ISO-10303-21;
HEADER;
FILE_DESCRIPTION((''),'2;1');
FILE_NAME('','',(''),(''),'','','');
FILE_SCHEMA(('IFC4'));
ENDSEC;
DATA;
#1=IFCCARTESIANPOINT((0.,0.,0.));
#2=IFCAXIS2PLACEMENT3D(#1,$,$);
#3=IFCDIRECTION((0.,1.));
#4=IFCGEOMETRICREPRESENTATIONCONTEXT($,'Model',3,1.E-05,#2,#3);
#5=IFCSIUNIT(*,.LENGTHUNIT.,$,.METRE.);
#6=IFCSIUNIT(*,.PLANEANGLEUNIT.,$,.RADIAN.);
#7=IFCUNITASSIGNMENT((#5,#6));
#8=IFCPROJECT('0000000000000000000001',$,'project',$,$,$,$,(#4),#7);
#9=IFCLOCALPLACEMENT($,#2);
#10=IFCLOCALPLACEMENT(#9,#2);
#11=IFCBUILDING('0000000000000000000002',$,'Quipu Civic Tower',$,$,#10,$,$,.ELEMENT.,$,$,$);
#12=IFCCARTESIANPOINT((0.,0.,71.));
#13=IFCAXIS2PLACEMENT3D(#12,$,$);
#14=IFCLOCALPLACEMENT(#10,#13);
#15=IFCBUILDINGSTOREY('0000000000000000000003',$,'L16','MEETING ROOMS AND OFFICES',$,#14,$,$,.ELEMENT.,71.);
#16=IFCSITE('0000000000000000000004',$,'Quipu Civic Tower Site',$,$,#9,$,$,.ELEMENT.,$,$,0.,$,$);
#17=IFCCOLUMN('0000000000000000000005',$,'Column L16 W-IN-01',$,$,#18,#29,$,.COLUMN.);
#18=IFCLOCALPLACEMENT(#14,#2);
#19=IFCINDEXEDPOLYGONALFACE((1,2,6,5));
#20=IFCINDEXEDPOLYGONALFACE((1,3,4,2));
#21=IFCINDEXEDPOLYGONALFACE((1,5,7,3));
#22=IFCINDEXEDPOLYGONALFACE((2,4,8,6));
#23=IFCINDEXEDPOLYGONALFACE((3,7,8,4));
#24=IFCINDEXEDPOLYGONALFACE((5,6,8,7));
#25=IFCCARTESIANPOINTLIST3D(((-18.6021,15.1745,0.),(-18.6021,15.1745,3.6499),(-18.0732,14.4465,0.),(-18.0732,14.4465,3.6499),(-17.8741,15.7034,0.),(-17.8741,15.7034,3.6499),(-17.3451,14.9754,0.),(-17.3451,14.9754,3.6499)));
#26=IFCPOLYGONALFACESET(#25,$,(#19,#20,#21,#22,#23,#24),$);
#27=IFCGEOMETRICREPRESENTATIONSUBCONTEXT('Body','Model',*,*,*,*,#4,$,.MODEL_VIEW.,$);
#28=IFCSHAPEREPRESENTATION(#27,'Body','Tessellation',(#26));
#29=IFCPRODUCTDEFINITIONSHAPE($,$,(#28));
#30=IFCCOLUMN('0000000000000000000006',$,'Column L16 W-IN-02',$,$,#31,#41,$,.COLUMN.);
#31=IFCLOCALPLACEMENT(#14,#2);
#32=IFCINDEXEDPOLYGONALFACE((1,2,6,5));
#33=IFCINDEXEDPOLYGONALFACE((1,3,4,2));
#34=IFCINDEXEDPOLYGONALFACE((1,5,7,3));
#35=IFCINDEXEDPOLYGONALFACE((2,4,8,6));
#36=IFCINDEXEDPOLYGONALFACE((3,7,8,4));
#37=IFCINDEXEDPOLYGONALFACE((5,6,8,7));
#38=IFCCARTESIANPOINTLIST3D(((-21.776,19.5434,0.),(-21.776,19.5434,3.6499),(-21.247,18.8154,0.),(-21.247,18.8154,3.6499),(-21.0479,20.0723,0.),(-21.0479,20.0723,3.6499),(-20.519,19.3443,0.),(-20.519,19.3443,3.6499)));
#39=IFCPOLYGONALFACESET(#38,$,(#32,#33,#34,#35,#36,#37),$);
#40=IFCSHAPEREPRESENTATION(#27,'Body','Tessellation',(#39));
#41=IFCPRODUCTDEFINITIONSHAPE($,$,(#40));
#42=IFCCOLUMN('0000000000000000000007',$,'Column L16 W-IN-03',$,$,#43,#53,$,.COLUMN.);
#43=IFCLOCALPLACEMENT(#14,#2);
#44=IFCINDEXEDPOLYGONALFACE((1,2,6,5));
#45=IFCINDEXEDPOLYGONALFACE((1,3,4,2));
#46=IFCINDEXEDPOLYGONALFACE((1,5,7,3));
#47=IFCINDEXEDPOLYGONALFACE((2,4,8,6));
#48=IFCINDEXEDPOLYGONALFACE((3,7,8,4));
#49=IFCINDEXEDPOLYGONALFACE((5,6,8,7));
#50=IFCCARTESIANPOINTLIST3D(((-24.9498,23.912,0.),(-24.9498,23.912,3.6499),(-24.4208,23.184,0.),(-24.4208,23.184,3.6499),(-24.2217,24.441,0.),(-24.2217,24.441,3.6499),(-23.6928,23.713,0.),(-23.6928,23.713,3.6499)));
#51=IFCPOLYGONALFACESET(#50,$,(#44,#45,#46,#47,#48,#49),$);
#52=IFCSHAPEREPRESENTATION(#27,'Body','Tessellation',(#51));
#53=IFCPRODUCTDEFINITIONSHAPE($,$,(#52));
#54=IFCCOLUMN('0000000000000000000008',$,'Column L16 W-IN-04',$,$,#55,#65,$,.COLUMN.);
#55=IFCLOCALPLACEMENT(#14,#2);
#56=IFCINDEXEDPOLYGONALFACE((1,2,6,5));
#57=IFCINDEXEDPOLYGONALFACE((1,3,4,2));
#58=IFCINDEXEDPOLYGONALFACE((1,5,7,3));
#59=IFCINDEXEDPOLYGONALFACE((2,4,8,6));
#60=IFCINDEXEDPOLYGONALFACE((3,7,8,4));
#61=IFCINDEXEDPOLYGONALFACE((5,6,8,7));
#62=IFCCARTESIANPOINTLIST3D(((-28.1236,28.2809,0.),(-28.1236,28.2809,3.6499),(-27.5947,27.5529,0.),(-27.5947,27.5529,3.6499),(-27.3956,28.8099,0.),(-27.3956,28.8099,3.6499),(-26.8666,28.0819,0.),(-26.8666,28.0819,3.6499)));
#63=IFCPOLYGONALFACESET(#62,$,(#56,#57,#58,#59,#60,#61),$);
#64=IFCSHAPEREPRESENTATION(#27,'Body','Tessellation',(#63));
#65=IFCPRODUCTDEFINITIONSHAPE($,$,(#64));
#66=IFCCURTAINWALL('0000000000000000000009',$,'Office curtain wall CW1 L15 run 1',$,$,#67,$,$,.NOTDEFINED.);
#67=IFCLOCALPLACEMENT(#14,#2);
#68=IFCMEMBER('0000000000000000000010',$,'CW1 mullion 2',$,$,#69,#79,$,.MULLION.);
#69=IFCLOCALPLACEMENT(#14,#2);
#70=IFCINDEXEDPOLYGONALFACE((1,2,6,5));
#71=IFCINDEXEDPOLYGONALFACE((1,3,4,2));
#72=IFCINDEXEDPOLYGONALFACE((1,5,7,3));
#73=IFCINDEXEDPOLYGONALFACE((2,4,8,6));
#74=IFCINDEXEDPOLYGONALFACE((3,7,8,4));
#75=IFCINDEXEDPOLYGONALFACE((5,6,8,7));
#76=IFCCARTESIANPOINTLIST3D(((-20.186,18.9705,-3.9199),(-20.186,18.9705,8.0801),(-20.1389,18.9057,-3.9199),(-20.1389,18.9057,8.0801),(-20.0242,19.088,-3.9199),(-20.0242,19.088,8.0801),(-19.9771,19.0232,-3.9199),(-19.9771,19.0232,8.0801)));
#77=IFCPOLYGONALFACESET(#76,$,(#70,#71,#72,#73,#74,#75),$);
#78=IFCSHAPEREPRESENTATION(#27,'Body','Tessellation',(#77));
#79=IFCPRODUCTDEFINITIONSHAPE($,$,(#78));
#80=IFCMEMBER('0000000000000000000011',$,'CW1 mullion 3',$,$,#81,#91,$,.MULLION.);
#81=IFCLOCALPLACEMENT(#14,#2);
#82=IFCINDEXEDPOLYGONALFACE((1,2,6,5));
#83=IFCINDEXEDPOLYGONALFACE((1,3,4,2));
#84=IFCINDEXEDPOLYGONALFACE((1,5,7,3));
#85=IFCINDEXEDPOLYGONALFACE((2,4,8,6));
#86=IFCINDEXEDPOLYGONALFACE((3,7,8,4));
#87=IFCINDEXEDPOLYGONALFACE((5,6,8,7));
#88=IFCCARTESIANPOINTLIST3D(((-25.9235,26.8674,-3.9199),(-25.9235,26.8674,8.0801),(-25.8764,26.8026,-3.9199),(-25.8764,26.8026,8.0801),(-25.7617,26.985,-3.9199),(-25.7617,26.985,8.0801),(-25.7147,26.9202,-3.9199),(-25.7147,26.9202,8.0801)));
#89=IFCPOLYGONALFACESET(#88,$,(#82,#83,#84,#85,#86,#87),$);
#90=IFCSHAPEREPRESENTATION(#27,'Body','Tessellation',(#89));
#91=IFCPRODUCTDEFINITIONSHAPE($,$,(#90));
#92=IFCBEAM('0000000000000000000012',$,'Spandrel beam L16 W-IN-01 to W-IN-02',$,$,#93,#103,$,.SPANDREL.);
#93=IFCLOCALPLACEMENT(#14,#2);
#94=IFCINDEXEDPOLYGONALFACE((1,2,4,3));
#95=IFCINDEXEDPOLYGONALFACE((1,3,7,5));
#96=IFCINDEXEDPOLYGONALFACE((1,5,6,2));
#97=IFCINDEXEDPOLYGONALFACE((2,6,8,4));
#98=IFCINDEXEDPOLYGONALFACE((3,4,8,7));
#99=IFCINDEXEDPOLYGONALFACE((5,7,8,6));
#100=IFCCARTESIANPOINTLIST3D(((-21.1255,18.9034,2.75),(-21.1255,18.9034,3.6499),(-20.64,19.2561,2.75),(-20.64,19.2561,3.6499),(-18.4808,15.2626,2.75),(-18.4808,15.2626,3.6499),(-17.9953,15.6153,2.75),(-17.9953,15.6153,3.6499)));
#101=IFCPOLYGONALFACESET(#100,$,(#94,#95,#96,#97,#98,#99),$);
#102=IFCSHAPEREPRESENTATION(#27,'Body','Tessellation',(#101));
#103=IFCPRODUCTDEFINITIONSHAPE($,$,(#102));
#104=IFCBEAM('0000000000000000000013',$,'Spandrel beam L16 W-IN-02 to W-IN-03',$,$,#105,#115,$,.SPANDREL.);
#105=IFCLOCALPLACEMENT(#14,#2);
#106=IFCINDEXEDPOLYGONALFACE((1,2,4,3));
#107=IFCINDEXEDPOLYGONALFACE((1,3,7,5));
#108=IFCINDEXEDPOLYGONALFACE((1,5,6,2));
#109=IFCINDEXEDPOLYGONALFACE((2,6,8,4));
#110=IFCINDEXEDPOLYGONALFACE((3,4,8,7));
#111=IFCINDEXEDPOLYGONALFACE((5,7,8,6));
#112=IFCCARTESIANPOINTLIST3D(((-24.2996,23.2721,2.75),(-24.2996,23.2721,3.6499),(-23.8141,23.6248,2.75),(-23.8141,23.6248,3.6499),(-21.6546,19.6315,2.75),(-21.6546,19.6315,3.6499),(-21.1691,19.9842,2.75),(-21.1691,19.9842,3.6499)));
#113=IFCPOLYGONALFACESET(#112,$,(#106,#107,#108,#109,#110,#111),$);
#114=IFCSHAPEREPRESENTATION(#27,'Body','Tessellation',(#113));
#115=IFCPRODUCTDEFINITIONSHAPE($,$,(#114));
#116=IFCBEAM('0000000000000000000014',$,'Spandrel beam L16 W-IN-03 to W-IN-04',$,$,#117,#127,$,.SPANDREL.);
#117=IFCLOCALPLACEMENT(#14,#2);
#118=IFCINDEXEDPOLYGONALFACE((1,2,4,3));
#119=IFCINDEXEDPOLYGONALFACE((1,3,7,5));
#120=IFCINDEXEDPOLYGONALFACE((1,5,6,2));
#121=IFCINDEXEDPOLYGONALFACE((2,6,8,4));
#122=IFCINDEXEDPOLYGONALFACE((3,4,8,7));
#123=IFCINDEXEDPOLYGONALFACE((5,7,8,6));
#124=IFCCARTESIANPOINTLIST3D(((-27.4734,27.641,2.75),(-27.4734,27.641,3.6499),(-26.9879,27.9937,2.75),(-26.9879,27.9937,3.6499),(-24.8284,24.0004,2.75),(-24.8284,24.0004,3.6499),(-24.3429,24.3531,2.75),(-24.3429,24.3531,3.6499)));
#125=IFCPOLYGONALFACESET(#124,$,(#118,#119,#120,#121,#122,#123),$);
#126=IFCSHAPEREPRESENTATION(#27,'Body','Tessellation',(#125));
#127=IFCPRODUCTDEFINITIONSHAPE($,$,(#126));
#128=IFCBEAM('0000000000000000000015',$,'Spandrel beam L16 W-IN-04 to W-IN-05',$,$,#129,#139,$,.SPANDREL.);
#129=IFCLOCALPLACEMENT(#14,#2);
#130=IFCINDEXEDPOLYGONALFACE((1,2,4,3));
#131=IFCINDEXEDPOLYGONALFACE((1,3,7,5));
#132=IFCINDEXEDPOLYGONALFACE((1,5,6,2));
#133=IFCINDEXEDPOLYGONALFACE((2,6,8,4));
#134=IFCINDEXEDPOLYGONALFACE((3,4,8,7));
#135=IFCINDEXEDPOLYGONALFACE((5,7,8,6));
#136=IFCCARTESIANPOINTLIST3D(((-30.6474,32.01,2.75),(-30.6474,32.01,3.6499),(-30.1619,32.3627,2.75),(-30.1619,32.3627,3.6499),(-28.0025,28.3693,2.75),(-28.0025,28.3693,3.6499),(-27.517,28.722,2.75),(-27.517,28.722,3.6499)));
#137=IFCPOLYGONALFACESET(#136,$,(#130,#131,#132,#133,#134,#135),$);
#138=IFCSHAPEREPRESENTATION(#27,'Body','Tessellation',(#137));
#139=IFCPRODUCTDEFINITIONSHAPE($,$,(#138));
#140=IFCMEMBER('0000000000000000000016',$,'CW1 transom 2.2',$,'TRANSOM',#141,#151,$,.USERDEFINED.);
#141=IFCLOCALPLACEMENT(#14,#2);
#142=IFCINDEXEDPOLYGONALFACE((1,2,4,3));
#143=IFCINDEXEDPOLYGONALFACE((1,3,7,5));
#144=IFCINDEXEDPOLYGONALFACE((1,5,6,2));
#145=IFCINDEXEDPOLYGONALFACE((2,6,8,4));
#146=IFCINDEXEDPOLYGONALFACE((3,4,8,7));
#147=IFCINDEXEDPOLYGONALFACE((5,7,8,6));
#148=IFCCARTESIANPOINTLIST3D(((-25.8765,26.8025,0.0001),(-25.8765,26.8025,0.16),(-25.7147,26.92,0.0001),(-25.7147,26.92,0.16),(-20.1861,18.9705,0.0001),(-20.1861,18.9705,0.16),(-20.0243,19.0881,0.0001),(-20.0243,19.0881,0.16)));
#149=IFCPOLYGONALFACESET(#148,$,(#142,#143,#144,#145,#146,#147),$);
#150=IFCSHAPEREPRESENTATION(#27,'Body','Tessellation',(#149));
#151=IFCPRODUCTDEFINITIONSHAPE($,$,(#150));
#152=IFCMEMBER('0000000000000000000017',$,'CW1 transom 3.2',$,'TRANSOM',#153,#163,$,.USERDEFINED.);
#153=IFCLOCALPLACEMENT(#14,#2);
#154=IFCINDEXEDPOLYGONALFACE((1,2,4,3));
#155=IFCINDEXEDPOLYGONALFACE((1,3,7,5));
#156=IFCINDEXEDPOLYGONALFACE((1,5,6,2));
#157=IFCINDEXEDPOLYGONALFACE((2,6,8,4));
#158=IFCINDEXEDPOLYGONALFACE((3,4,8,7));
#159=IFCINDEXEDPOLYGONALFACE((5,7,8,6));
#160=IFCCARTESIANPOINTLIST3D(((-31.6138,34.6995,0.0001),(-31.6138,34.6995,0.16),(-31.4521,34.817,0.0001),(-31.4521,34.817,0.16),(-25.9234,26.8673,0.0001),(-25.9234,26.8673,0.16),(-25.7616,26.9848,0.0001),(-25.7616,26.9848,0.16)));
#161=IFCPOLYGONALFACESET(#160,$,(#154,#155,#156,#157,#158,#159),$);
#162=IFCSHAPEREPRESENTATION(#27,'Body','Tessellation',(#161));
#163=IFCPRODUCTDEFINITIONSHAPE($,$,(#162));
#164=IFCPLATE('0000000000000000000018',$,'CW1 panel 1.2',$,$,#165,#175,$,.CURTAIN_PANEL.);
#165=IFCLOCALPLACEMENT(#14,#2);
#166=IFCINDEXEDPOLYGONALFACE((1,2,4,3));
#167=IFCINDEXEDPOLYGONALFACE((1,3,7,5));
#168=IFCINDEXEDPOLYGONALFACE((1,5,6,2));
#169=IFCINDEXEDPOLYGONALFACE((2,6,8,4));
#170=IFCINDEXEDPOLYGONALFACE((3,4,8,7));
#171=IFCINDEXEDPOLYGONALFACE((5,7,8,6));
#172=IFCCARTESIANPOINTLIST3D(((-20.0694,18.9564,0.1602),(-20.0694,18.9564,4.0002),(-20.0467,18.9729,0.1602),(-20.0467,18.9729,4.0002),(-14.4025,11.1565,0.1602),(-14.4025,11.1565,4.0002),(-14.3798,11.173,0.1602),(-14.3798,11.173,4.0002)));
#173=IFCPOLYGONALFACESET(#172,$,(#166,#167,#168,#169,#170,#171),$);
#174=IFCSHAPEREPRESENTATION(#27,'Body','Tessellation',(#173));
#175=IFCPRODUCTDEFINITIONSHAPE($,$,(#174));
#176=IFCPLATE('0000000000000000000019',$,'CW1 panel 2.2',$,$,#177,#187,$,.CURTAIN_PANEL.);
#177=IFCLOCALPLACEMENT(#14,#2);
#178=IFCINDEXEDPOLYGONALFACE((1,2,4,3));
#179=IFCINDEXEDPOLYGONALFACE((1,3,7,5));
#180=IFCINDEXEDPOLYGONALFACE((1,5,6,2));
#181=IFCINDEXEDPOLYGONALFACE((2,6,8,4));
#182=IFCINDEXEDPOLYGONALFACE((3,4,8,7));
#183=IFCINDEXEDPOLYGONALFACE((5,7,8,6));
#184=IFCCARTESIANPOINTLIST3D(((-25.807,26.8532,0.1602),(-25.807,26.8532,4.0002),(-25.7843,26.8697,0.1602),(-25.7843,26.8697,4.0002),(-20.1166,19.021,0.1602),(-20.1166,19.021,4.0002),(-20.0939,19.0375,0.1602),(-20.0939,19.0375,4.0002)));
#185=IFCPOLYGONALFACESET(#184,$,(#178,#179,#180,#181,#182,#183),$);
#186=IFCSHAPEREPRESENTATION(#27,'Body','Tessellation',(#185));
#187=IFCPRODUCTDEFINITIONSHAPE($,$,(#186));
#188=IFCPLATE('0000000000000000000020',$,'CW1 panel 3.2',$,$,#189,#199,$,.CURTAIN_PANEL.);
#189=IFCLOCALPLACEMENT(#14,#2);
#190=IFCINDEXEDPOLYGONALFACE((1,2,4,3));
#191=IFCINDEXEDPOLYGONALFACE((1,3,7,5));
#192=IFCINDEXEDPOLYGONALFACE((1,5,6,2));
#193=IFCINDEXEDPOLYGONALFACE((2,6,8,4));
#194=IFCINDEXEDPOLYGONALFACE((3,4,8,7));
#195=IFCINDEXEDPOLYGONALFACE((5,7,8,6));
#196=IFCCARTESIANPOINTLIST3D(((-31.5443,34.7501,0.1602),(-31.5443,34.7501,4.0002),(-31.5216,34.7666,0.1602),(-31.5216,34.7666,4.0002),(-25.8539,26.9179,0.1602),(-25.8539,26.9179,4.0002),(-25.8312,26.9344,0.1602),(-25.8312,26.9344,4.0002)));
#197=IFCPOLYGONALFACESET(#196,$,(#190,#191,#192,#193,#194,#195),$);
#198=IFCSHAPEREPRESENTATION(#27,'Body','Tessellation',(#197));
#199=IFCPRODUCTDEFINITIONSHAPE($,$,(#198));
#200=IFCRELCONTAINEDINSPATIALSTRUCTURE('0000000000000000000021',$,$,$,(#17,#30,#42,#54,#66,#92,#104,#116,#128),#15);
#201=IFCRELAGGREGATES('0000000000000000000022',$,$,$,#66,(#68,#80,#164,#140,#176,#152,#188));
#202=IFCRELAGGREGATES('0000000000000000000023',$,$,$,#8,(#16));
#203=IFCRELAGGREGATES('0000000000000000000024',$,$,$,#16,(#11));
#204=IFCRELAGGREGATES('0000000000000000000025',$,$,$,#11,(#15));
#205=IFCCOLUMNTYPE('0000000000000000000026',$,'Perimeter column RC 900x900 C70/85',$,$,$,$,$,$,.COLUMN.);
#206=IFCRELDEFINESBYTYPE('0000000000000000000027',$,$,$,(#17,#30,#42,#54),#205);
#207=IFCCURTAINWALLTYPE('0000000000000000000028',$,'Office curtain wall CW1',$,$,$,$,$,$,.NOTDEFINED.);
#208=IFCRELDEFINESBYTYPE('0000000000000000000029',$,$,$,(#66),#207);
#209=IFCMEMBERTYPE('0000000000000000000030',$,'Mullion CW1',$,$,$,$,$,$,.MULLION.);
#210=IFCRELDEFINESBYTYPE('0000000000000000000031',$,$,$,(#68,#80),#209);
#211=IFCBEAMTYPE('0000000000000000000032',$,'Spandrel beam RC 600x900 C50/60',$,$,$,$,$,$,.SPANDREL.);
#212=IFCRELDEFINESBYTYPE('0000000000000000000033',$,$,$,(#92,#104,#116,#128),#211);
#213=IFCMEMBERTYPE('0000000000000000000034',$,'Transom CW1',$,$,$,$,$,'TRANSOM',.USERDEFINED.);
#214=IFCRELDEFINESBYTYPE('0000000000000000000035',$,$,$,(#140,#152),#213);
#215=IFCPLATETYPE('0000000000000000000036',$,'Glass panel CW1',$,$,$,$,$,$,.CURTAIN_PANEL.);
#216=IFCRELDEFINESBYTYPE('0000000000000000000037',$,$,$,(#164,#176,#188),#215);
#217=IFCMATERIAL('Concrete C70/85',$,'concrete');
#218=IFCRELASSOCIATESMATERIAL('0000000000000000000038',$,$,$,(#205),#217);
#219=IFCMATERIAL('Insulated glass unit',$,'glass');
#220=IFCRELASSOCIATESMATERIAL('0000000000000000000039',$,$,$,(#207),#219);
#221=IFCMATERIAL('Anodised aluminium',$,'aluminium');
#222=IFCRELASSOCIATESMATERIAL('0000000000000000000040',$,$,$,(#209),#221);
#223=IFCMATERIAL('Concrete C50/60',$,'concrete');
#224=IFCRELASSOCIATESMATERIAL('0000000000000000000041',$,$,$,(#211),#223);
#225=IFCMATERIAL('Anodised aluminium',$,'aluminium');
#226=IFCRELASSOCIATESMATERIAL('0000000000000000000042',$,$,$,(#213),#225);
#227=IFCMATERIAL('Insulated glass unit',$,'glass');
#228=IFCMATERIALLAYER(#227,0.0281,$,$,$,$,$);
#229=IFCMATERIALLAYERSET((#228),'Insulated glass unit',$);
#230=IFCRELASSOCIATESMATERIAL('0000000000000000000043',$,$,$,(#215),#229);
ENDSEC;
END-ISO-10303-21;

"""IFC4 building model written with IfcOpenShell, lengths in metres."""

from ifc_helpers import new_model, si_unit, direction, frame, origin, origin_2d, place, context, subcontext, project, spatial, rectangle, extrude, material, layer, layer_set, material_profile, profile_set, type_object, element, aggregate, save


model = new_model("IFC4")

# Units and contexts
model_context = context("Model", 3, precision=1e-05, world=origin(), true_north=direction((0.0, 1.0)))
body_context = subcontext(model_context, "Body", "Model", "MODEL_VIEW")
ifc_project = project(units=[si_unit("LENGTHUNIT", "METRE"), si_unit("PLANEANGLEUNIT", "RADIAN")], contexts=[model_context])

# Site, building, storey
site_placement = place(None, origin())
site = spatial("IfcSite", under=ifc_project, at=site_placement, Name="Quipu Civic Tower Site", CompositionType="ELEMENT", RefElevation=0.0)
building_placement = place(site_placement, origin())
building = spatial("IfcBuilding", under=site, at=building_placement, Name="Quipu Civic Tower", CompositionType="ELEMENT")
storey_placement = place(building_placement, frame((0.0, 0.0, 71.0)))
storey = spatial("IfcBuildingStorey", under=building, at=storey_placement, Name="L16", Description="MEETING ROOMS AND OFFICES", CompositionType="ELEMENT", Elevation=71.0)

# Columns
ifc_material_1 = material(Name="Concrete C70/85", Category="concrete")
ifc_material_profile_1 = material_profile(ifc_material_1, rectangle(XDim=0.8999, YDim=0.8999, at=origin_2d()), Name="RC900x900")
ifc_profile_set_1 = profile_set([ifc_material_profile_1], Name="Concrete C70/85")
column_type = type_object("IfcColumnType", Name="Perimeter column RC 900x900 C70/85", PredefinedType="COLUMN", material=ifc_profile_set_1)
for number, where, z_axis, x_axis, name in (
    (1, (-17.9736, 15.075, 0.0), (0.0, 0.0, 1.0), (-0.587785, 0.809017, 0.0), "Column L16 W-IN-01"),
    (2, (-21.1475, 19.4438, 0.0), (0.0, 0.0, 1.0), (-0.587785, 0.809017, 0.0), "Column L16 W-IN-02"),
    (3, (-24.3213, 23.8125, 0.0), (0.0, 0.0, 1.0), (-0.587785, 0.809017, 0.0), "Column L16 W-IN-03"),
    (4, (-27.4951, 28.1814, 0.0), (0.0, 0.0, 1.0), (-0.587785, 0.809017, 0.0), "Column L16 W-IN-04"),
):
    element("IfcColumn", number, at=place(storey_placement, frame(where, z_axis=z_axis, x_axis=x_axis)), inside=storey, type_object=column_type, Name=name, PredefinedType="COLUMN", context=body_context, shape_type="SweptSolid", body=[
        extrude(rectangle(XDim=0.8999, YDim=0.8999, at=origin_2d()), origin(), (0.0, 0.0, 1.0), 3.6499),
    ])

# Curtain wall, members
ifc_material_2 = material(Name="Insulated glass unit", Category="glass")
curtain_wall_type = type_object("IfcCurtainWallType", Name="Office curtain wall CW1", PredefinedType="NOTDEFINED", material=ifc_material_2)
curtain_wall_placement = place(storey_placement, origin())
curtain_wall = element("IfcCurtainWall", 5, at=curtain_wall_placement, inside=storey, type_object=curtain_wall_type, Name="Office curtain wall CW1 L15 run 1", PredefinedType="NOTDEFINED")
ifc_material_3 = material(Name="Anodised aluminium", Category="aluminium")
ifc_material_profile_2 = material_profile(ifc_material_3, rectangle(XDim=0.2, YDim=0.0801, at=origin_2d()), Name="RECT 200x80")
ifc_profile_set_2 = profile_set([ifc_material_profile_2], Name="Anodised aluminium")
member_type_1 = type_object("IfcMemberType", Name="Mullion CW1", PredefinedType="MULLION", material=ifc_profile_set_2)
member_1_placement = place(storey_placement, frame((-20.0815, 18.9968, -3.9199), z_axis=(0.0, 0.0, 1.0), x_axis=(-0.809017, -0.587786, 0.0)))
member_1 = element("IfcMember", 6, at=member_1_placement, type_object=member_type_1, Name="CW1 mullion 2", PredefinedType="MULLION", context=body_context, shape_type="SweptSolid", body=[
    extrude(rectangle(XDim=0.2, YDim=0.0801, at=origin_2d()), origin(), (0.0, 0.0, 1.0), 12.0),
])
member_2_placement = place(storey_placement, frame((-25.8191, 26.8938, -3.9199), z_axis=(0.0, 0.0, 1.0), x_axis=(-0.809017, -0.587786, 0.0)))
member_2 = element("IfcMember", 7, at=member_2_placement, type_object=member_type_1, Name="CW1 mullion 3", PredefinedType="MULLION", context=body_context, shape_type="SweptSolid", body=[
    extrude(rectangle(XDim=0.2, YDim=0.0801, at=origin_2d()), origin(), (0.0, 0.0, 1.0), 12.0),
])

# Beams
ifc_material_4 = material(Name="Concrete C50/60", Category="concrete")
ifc_material_profile_3 = material_profile(ifc_material_4, rectangle(XDim=0.6001, YDim=0.8999, at=origin_2d()), Name="RC600x900")
ifc_profile_set_3 = profile_set([ifc_material_profile_3], Name="Concrete C50/60")
beam_type = type_object("IfcBeamType", Name="Spandrel beam RC 600x900 C50/60", PredefinedType="SPANDREL", material=ifc_profile_set_3)
for number, where, z_axis, x_axis, name in (
    (8, (-18.238, 15.439, 3.2), (-0.587717, 0.809067, 0.0), (-0.809067, -0.587717, 0.0), "Spandrel beam L16 W-IN-01 to W-IN-02"),
    (9, (-21.4119, 19.8079, 3.2), (-0.587778, 0.809022, 0.0), (-0.809022, -0.587778, 0.0), "Spandrel beam L16 W-IN-02 to W-IN-03"),
    (10, (-24.5857, 24.1768, 3.2), (-0.587778, 0.809022, 0.0), (-0.809022, -0.587778, 0.0), "Spandrel beam L16 W-IN-03 to W-IN-04"),
    (11, (-27.7598, 28.5457, 3.2), (-0.587743, 0.809048, 0.0), (-0.809048, -0.587743, 0.0), "Spandrel beam L16 W-IN-04 to W-IN-05"),
):
    element("IfcBeam", number, at=place(storey_placement, frame(where, z_axis=z_axis, x_axis=x_axis)), inside=storey, type_object=beam_type, Name=name, PredefinedType="SPANDREL", context=body_context, shape_type="SweptSolid", body=[
        extrude(rectangle(XDim=0.6001, YDim=0.8999, at=origin_2d()), origin(), (0.0, 0.0, 1.0), 4.5),
    ])

# Members
ifc_material_5 = material(Name="Anodised aluminium", Category="aluminium")
ifc_material_profile_4 = material_profile(ifc_material_5, rectangle(XDim=0.2, YDim=0.1599, at=origin_2d()), Name="RECT 200x160")
ifc_profile_set_4 = profile_set([ifc_material_profile_4], Name="Anodised aluminium")
member_type_2 = type_object("IfcMemberType", Name="Transom CW1", ElementType="TRANSOM", PredefinedType="USERDEFINED", material=ifc_profile_set_4)
member_3_placement = place(storey_placement, frame((-20.1052, 19.0293, 0.0801), z_axis=(-0.587794, 0.809011, 0.0), x_axis=(-0.809011, -0.587794, 0.0)))
member_3 = element("IfcMember", 12, at=member_3_placement, type_object=member_type_2, Name="CW1 transom 2.2", ObjectType="TRANSOM", PredefinedType="USERDEFINED", context=body_context, shape_type="SweptSolid", body=[
    extrude(rectangle(XDim=0.2, YDim=0.1599, at=origin_2d()), origin(), (0.0, 0.0, 1.0), 9.6809),
])
member_4_placement = place(storey_placement, frame((-25.8425, 26.926, 0.0801), z_axis=(-0.587782, 0.80902, 0.0), x_axis=(-0.80902, -0.587782, 0.0)))
member_4 = element("IfcMember", 13, at=member_4_placement, type_object=member_type_2, Name="CW1 transom 3.2", ObjectType="TRANSOM", PredefinedType="USERDEFINED", context=body_context, shape_type="SweptSolid", body=[
    extrude(rectangle(XDim=0.2, YDim=0.1599, at=origin_2d()), origin(), (0.0, 0.0, 1.0), 9.6812),
])

# Plates
ifc_material_6 = material(Name="Insulated glass unit", Category="glass")
ifc_layer_1 = layer(ifc_material_6, 0.0281)
ifc_layer_set_1 = layer_set([ifc_layer_1], Name="Insulated glass unit")
plate_type_1 = type_object("IfcPlateType", Name="Glass panel CW1", PredefinedType="CURTAIN_PANEL", material=ifc_layer_set_1)
plate_1_placement = place(storey_placement, frame((-17.2246, 15.0647, 0.1602), z_axis=(0.0, 0.0, 1.0), x_axis=(-0.587786, 0.809017, 0.0)))
plate_1 = element("IfcPlate", 14, at=plate_1_placement, type_object=plate_type_1, Name="CW1 panel 1.2", PredefinedType="CURTAIN_PANEL", context=body_context, shape_type="SweptSolid", body=[
    extrude(rectangle(XDim=9.6411, YDim=0.0281, at=origin_2d()), origin(), (0.0, 0.0, 1.0), 3.8401),
])
plate_2_placement = place(storey_placement, frame((-22.9504, 22.9453, 0.1602), z_axis=(0.0, 0.0, 1.0), x_axis=(-0.587786, 0.809017, 0.0)))
plate_2 = element("IfcPlate", 15, at=plate_2_placement, type_object=plate_type_1, Name="CW1 panel 2.2", PredefinedType="CURTAIN_PANEL", context=body_context, shape_type="SweptSolid", body=[
    extrude(rectangle(XDim=9.6812, YDim=0.0281, at=origin_2d()), origin(), (0.0, 0.0, 1.0), 3.8401),
])
plate_3_placement = place(storey_placement, frame((-28.6877, 30.8423, 0.1602), z_axis=(0.0, 0.0, 1.0), x_axis=(-0.587786, 0.809017, 0.0)))
plate_3 = element("IfcPlate", 16, at=plate_3_placement, type_object=plate_type_1, Name="CW1 panel 3.2", PredefinedType="CURTAIN_PANEL", context=body_context, shape_type="SweptSolid", body=[
    extrude(rectangle(XDim=9.6812, YDim=0.0281, at=origin_2d()), origin(), (0.0, 0.0, 1.0), 3.8401),
])
aggregate(curtain_wall, [member_1, member_2, plate_1, member_3, plate_2, member_4, plate_3])

save(model, "model.ifc")
